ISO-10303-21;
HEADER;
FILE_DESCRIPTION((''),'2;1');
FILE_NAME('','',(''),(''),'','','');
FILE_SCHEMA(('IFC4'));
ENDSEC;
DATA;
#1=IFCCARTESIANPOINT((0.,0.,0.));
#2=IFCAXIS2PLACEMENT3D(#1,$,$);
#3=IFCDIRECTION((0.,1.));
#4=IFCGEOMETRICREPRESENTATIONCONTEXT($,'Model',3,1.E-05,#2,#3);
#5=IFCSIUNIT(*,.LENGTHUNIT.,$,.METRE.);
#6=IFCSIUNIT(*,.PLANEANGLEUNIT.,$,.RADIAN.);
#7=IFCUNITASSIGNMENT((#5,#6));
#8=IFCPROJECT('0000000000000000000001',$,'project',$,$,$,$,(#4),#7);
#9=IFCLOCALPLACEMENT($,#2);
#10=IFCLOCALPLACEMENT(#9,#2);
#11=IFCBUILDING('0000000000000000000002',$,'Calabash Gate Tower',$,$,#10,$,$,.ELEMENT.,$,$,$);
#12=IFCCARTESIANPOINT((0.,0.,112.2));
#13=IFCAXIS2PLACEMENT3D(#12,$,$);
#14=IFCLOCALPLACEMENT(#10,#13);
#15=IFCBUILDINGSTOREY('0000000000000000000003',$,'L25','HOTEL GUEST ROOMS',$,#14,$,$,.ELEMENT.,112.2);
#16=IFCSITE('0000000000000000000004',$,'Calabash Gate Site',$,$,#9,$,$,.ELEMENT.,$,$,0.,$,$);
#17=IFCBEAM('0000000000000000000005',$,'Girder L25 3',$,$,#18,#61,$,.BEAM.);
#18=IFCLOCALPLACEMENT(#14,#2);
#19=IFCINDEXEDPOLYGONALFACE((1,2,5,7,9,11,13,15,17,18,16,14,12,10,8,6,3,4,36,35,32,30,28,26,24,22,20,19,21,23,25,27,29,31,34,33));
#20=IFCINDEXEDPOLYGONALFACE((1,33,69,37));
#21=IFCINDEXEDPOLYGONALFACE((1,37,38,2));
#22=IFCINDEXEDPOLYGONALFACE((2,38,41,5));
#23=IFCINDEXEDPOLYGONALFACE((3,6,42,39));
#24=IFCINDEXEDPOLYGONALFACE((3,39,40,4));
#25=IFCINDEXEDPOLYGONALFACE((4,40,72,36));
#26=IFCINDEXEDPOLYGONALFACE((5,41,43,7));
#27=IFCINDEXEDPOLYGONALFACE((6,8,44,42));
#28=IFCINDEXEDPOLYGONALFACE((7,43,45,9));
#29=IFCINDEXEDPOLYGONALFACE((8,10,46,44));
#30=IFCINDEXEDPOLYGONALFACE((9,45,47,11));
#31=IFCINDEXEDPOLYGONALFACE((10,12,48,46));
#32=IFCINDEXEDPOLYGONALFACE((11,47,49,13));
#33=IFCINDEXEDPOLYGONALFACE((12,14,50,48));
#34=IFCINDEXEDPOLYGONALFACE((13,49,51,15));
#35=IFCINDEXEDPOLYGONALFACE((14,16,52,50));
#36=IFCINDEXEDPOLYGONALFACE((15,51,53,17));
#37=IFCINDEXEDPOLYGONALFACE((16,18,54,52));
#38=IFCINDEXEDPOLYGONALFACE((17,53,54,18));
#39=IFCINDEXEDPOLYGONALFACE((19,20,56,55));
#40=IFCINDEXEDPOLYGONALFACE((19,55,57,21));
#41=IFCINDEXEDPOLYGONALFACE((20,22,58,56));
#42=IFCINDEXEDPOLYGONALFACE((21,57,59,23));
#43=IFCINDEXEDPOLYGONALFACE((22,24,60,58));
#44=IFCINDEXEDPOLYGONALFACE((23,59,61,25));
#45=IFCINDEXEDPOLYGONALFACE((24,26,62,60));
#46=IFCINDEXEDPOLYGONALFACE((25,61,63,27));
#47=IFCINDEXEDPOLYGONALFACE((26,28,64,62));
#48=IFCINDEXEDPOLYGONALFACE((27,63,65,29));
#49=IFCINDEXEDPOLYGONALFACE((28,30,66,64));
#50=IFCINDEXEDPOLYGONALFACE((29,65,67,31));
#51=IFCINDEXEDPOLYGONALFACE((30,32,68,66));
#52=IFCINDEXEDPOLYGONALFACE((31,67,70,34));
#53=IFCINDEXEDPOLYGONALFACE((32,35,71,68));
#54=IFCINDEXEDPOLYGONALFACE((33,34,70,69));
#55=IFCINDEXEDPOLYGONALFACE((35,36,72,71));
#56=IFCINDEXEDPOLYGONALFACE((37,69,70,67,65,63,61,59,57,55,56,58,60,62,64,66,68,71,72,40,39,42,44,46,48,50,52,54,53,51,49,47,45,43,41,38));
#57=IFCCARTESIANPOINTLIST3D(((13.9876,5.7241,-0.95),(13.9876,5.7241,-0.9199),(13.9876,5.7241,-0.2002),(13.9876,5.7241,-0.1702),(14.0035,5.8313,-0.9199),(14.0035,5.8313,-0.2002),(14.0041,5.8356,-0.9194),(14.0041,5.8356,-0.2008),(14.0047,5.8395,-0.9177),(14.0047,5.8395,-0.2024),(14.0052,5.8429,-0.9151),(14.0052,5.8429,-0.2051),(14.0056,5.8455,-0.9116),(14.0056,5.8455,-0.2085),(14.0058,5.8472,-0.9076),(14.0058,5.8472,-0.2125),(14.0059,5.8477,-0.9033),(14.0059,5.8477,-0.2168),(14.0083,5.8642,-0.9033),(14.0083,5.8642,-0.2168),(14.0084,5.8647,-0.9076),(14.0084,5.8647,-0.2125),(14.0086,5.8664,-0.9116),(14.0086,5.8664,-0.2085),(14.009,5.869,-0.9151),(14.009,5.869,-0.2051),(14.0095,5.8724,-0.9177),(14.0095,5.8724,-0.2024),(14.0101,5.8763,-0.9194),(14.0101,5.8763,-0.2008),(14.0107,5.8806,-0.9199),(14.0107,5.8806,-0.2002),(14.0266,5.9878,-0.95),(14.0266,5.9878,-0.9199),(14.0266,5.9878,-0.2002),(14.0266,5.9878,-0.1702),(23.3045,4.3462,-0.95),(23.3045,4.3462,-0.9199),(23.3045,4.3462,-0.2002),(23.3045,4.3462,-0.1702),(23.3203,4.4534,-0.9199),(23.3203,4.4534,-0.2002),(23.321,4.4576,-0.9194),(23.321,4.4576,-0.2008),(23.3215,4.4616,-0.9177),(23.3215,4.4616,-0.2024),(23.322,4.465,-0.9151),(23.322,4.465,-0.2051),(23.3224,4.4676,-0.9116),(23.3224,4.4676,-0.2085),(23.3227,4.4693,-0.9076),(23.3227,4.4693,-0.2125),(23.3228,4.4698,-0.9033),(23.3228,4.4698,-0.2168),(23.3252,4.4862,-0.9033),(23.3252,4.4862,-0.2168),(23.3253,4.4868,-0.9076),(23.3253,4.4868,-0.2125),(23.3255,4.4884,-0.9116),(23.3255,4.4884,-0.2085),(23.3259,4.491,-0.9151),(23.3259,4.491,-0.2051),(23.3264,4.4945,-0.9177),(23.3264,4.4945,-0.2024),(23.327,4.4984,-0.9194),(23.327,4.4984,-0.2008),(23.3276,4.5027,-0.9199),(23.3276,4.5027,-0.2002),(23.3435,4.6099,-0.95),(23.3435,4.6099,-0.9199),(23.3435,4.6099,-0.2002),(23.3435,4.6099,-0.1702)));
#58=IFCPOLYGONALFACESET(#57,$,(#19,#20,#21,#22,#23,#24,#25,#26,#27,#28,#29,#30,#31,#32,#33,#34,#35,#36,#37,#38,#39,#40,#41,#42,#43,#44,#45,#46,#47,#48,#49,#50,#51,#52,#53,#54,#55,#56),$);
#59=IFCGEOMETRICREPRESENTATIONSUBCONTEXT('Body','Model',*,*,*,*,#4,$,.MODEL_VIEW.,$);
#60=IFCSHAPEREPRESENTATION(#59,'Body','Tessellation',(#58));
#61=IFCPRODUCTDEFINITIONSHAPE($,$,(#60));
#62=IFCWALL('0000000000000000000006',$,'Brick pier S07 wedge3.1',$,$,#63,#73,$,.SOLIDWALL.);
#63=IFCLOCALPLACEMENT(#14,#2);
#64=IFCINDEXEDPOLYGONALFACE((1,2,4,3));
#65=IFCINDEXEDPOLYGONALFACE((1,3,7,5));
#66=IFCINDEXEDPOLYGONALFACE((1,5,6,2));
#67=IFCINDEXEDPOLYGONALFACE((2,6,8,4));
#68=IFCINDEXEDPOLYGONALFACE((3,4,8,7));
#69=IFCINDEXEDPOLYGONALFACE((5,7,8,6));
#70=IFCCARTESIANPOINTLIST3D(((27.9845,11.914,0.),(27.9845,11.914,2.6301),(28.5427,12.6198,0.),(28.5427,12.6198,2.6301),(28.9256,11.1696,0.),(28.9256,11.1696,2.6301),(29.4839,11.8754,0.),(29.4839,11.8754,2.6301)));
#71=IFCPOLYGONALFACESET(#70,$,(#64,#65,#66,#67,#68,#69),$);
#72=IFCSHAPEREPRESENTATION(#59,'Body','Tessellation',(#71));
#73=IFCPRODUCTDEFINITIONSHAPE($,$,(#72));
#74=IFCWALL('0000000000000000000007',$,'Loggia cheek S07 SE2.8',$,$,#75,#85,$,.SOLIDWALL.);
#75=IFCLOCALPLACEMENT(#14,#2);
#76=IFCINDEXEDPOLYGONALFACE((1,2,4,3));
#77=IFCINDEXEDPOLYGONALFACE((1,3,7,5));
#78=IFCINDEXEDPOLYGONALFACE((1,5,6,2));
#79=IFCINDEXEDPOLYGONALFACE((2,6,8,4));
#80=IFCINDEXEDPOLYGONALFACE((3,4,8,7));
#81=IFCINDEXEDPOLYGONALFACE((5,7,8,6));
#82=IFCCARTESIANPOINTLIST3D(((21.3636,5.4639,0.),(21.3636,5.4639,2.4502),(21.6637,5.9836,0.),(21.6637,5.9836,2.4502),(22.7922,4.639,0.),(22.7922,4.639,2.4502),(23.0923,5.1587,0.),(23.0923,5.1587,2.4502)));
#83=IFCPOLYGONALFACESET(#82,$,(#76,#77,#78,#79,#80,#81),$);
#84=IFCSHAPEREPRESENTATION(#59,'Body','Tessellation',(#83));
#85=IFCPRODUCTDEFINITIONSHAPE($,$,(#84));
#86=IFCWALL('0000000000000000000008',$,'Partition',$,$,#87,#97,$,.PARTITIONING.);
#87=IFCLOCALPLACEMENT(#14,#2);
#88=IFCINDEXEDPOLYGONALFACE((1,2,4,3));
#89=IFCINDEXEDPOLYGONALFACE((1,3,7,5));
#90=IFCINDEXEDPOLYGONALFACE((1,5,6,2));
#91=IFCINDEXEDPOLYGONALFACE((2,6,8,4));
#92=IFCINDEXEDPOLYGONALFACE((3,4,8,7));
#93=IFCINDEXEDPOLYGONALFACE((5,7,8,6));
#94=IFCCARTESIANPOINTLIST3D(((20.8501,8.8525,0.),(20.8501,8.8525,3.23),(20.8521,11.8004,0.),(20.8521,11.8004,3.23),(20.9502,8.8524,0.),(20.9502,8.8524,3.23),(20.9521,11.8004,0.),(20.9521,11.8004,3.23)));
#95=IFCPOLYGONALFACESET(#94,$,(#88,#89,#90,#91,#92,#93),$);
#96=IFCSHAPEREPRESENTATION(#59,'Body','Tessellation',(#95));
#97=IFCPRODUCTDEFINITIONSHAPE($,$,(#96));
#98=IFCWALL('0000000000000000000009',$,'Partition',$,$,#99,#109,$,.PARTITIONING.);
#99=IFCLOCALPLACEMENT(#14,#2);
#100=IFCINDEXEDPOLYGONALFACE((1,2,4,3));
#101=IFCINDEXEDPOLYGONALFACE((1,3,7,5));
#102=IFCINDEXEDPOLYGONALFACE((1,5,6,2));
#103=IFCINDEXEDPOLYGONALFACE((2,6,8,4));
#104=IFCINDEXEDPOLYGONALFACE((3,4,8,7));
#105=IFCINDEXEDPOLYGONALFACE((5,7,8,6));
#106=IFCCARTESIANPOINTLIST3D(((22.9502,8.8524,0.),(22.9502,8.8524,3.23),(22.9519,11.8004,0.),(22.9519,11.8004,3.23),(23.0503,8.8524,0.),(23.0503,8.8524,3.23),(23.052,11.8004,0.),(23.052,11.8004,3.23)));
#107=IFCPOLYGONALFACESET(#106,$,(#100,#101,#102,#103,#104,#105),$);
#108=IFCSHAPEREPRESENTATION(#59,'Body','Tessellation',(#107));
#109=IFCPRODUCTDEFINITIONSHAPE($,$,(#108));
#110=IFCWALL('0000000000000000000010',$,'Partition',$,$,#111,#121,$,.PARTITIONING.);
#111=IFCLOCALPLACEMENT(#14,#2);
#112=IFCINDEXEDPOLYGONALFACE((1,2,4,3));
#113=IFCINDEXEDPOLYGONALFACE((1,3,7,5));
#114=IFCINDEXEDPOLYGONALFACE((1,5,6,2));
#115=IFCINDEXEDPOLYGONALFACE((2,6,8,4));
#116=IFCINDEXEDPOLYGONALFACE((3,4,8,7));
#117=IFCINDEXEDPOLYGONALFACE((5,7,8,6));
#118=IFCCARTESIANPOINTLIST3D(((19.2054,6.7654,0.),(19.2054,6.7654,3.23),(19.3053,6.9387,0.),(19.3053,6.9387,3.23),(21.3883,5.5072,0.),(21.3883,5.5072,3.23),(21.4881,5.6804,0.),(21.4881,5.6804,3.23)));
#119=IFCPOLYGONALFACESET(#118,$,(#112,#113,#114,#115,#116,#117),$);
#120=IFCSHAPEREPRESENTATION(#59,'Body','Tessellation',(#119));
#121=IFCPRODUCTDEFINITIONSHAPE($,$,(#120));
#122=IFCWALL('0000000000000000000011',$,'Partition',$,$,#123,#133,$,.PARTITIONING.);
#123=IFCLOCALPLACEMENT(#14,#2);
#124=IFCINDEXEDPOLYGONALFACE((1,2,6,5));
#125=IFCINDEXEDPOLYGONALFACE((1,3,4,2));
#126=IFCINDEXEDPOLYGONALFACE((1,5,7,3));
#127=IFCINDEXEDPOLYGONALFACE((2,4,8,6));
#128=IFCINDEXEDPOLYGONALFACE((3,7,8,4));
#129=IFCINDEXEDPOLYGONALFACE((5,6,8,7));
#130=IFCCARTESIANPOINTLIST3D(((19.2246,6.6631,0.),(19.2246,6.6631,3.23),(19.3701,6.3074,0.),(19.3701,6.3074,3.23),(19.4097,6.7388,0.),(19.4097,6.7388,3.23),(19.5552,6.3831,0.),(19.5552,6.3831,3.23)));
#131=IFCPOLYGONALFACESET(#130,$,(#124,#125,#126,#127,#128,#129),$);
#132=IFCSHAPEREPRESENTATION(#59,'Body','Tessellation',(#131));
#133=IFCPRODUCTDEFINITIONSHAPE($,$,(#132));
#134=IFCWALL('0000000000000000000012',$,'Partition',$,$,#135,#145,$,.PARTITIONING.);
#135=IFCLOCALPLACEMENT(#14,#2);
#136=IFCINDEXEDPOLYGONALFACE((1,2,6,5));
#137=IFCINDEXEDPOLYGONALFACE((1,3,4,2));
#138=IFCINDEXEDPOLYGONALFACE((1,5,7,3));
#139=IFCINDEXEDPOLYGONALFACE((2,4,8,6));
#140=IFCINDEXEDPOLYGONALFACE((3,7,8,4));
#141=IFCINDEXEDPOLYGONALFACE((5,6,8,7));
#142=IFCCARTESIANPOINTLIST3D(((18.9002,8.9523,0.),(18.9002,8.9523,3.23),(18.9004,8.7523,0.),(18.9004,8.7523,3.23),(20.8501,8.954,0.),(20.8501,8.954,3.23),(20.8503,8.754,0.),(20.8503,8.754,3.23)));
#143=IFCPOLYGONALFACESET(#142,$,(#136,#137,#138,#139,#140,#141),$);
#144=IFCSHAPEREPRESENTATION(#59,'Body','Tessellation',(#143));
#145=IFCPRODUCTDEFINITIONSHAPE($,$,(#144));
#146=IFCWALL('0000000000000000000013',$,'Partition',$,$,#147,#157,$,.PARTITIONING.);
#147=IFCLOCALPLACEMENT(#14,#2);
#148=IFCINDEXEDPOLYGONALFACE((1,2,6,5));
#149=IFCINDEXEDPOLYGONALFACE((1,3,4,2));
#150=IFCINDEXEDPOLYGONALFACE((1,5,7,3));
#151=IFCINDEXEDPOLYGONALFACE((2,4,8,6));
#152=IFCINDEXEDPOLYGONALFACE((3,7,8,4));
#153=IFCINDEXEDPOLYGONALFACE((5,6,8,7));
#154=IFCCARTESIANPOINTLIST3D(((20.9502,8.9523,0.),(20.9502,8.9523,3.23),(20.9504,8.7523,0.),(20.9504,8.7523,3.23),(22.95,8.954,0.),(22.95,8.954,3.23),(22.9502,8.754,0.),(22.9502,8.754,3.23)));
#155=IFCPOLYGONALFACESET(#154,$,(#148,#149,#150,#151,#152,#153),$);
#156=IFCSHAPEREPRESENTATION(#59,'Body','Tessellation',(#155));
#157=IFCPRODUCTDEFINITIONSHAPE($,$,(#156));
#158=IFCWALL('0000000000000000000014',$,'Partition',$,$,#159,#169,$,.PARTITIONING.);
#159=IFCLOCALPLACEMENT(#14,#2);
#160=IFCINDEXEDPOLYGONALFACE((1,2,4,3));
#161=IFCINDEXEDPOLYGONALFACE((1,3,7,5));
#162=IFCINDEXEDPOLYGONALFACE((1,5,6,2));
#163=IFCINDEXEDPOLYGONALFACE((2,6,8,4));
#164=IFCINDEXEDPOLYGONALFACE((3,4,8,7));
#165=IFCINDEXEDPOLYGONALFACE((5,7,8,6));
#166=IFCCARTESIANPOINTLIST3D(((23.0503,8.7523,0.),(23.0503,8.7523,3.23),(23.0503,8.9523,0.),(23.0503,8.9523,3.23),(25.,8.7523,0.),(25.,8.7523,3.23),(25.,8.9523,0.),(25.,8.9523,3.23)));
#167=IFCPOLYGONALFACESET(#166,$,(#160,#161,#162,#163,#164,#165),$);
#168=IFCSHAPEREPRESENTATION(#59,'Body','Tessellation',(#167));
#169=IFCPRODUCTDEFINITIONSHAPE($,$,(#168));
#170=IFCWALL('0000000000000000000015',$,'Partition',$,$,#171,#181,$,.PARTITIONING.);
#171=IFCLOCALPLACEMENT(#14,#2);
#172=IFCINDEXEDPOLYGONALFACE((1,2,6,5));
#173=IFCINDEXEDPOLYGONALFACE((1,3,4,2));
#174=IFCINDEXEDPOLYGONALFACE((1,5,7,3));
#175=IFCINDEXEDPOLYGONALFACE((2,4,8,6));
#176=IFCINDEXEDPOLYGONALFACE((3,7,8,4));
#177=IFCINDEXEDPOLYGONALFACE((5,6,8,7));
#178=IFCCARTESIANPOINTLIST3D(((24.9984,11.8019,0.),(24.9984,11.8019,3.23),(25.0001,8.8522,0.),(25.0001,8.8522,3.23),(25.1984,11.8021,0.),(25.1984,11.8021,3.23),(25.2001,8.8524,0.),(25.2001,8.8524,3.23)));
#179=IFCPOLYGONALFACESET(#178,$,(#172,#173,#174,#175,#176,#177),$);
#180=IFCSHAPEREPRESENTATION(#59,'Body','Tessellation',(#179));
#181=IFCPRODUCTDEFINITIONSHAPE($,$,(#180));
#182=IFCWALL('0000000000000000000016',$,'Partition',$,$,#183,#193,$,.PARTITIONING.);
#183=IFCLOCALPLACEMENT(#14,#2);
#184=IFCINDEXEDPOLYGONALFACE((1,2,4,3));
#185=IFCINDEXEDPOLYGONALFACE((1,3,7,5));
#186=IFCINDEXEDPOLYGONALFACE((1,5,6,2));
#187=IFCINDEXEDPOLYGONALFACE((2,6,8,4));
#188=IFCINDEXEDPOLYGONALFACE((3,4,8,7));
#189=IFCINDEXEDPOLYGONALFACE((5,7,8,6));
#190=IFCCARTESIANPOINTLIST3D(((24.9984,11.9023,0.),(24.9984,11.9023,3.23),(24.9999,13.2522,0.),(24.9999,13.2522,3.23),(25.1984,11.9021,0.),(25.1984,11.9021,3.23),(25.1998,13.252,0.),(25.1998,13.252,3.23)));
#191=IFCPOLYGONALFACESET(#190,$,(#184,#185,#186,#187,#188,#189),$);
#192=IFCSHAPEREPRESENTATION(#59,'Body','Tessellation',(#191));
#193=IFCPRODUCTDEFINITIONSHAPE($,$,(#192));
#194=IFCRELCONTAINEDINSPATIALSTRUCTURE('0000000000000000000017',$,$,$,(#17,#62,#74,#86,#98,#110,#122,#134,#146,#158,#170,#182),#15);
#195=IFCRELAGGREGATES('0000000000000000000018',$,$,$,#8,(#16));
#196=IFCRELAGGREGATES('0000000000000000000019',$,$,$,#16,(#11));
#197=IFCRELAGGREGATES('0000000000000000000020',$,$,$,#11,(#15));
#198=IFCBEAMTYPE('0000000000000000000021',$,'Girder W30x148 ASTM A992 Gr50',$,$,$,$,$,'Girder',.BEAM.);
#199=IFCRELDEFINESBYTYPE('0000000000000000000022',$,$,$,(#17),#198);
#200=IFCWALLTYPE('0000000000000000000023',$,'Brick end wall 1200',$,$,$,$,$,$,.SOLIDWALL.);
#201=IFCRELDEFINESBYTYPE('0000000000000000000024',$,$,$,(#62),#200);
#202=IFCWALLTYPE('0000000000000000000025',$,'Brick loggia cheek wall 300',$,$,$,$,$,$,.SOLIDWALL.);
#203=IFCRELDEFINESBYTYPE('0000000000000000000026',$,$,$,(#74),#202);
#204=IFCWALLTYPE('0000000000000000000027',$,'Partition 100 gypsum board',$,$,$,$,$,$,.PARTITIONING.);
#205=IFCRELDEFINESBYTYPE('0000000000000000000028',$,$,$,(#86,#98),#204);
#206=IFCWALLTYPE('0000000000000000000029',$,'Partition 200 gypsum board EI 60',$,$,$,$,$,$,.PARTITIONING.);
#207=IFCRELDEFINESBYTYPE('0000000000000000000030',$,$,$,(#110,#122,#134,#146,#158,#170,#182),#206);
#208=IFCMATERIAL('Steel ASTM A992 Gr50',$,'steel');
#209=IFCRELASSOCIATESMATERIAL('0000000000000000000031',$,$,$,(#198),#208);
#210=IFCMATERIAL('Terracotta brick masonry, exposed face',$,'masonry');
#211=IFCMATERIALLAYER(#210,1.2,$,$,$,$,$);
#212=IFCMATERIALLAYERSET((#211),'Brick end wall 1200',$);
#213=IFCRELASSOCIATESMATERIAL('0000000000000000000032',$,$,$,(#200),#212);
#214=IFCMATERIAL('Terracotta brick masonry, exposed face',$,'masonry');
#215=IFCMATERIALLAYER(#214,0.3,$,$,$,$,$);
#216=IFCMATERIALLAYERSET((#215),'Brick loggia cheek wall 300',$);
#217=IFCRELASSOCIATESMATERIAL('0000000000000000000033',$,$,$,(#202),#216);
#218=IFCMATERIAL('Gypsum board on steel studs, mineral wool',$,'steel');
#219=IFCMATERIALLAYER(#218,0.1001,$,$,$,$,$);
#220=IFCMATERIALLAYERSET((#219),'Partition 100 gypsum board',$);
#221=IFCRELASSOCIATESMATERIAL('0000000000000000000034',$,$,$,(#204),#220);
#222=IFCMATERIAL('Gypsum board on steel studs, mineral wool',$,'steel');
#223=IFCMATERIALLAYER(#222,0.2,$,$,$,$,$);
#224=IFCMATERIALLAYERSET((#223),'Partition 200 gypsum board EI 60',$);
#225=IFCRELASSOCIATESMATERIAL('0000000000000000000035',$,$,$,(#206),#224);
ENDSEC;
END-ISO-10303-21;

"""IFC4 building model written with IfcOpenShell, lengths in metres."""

from ifc_helpers import new_model, si_unit, direction, frame, frame_2d, origin, origin_2d, place, context, subcontext, project, spatial, rectangle, i_section, extrude, material, layer, layer_set, material_profile, profile_set, type_object, element, save


model = new_model("IFC4")

# Units and contexts
model_context = context("Model", 3, precision=1e-05, world=origin(), true_north=direction((0.0, 1.0)))
body_context = subcontext(model_context, "Body", "Model", "MODEL_VIEW")
ifc_project = project(units=[si_unit("LENGTHUNIT", "METRE"), si_unit("PLANEANGLEUNIT", "RADIAN")], contexts=[model_context])

# Site, building, storey
site_placement = place(None, origin())
site = spatial("IfcSite", under=ifc_project, at=site_placement, Name="Calabash Gate Site", CompositionType="ELEMENT", RefElevation=0.0)
building_placement = place(site_placement, origin())
building = spatial("IfcBuilding", under=site, at=building_placement, Name="Calabash Gate Tower", CompositionType="ELEMENT")
storey_placement = place(building_placement, frame((0.0, 0.0, 112.2)))
storey = spatial("IfcBuildingStorey", under=building, at=storey_placement, Name="L25", Description="HOTEL GUEST ROOMS", CompositionType="ELEMENT", Elevation=112.2)

# Beam
ifc_material_1 = material(Name="Steel ASTM A992 Gr50", Category="steel")
ifc_material_profile_1 = material_profile(ifc_material_1, i_section(OverallWidth=0.2666, OverallDepth=0.7798, WebThickness=0.0166, FlangeThickness=0.03, FilletRadius=0.0166, at=origin_2d()))
ifc_profile_set_1 = profile_set([ifc_material_profile_1], Name="Steel ASTM A992 Gr50")
beam_type_1 = type_object("IfcBeamType", Name="Girder W30x148 ASTM A992 Gr50", ElementType="Girder", PredefinedType="BEAM", material=ifc_profile_set_1)
beam_1_placement = place(storey_placement, frame((23.324, 4.478, -0.5601), z_axis=(-0.98924, 0.146304, 0.0), x_axis=(-0.146304, -0.98924, 0.0)))
element("IfcBeam", 1, at=beam_1_placement, inside=storey, type_object=beam_type_1, Name="Girder L25 3", PredefinedType="BEAM", context=body_context, shape_type="SweptSolid", body=[
    extrude(i_section(OverallWidth=0.2666, OverallDepth=0.7798, WebThickness=0.0166, FlangeThickness=0.03, FilletRadius=0.0166, at=origin_2d()), origin(), (0.0, 0.0, 1.0), 9.4182),
])

# Walls
ifc_material_2 = material(Name="Terracotta brick masonry, exposed face", Category="masonry")
ifc_layer_1 = layer(ifc_material_2, 1.2)
ifc_layer_set_1 = layer_set([ifc_layer_1], Name="Brick end wall 1200")
wall_type_1 = type_object("IfcWallType", Name="Brick end wall 1200", PredefinedType="SOLIDWALL", material=ifc_layer_set_1)
wall_1_placement = place(storey_placement, frame((29.2048, 11.5225, 0.0), z_axis=(0.0, 0.0, 1.0), x_axis=(-0.78433, 0.620343, 0.0)))
element("IfcWall", 2, at=wall_1_placement, inside=storey, type_object=wall_type_1, Name="Brick pier S07 wedge3.1", PredefinedType="SOLIDWALL", context=body_context, shape_type="SweptSolid", body=[
    extrude(rectangle(XDim=1.2, YDim=0.8999, at=frame_2d((0.6001, 0.0))), origin(), (0.0, 0.0, 1.0), 2.6301),
])
ifc_material_3 = material(Name="Terracotta brick masonry, exposed face", Category="masonry")
ifc_layer_2 = layer(ifc_material_3, 0.3)
ifc_layer_set_2 = layer_set([ifc_layer_2], Name="Brick loggia cheek wall 300")
wall_type_2 = type_object("IfcWallType", Name="Brick loggia cheek wall 300", PredefinedType="SOLIDWALL", material=ifc_layer_set_2)
wall_2_placement = place(storey_placement, frame((22.9421, 4.8989, 0.0), z_axis=(0.0, 0.0, 1.0), x_axis=(-0.866003, 0.500038, 0.0)))
element("IfcWall", 3, at=wall_2_placement, inside=storey, type_object=wall_type_2, Name="Loggia cheek S07 SE2.8", PredefinedType="SOLIDWALL", context=body_context, shape_type="SweptSolid", body=[
    extrude(rectangle(XDim=1.6497, YDim=0.6001, at=frame_2d((0.8247, 0.0))), origin(), (0.0, 0.0, 1.0), 2.4502),
])
ifc_material_4 = material(Name="Gypsum board on steel studs, mineral wool", Category="steel")
ifc_layer_3 = layer(ifc_material_4, 0.1001)
ifc_layer_set_3 = layer_set([ifc_layer_3], Name="Partition 100 gypsum board")
wall_type_3 = type_object("IfcWallType", Name="Partition 100 gypsum board", PredefinedType="PARTITIONING", material=ifc_layer_set_3)
for number, where, z_axis, x_axis, name in (
    (4, (20.9001, 8.8523, 0.0), (0.0, 0.0, 1.0), (0.000663, 1.0, 0.0), "Partition"),
    (5, (23.0002, 8.8523, 0.0), (0.0, 0.0, 1.0), (0.00058, 1.0, 0.0), "Partition"),
):
    element("IfcWall", number, at=place(storey_placement, frame(where, z_axis=z_axis, x_axis=x_axis)), inside=storey, type_object=wall_type_3, Name=name, PredefinedType="PARTITIONING", context=body_context, shape_type="SweptSolid", body=[
        extrude(rectangle(XDim=2.948, YDim=0.1001, at=frame_2d((1.4741, 0.0))), origin(), (0.0, 0.0, 1.0), 3.23),
    ])
ifc_material_5 = material(Name="Gypsum board on steel studs, mineral wool", Category="steel")
ifc_layer_4 = layer(ifc_material_5, 0.2)
ifc_layer_set_4 = layer_set([ifc_layer_4], Name="Partition 200 gypsum board EI 60")
wall_type_4 = type_object("IfcWallType", Name="Partition 200 gypsum board EI 60", PredefinedType="PARTITIONING", material=ifc_layer_set_4)
wall_3_placement = place(storey_placement, frame((19.2554, 6.8521, 0.0), z_axis=(0.0, 0.0, 1.0), x_axis=(0.866365, -0.499412, 0.0)))
element("IfcWall", 6, at=wall_3_placement, inside=storey, type_object=wall_type_4, Name="Partition", PredefinedType="PARTITIONING", context=body_context, shape_type="SweptSolid", body=[
    extrude(rectangle(XDim=2.5195, YDim=0.2, at=frame_2d((1.2598, 0.0))), origin(), (0.0, 0.0, 1.0), 3.23),
])
wall_4_placement = place(storey_placement, frame((19.3171, 6.7009, 0.0), z_axis=(0.0, 0.0, 1.0), x_axis=(0.378608, -0.925557, 0.0)))
element("IfcWall", 7, at=wall_4_placement, inside=storey, type_object=wall_type_4, Name="Partition", PredefinedType="PARTITIONING", context=body_context, shape_type="SweptSolid", body=[
    extrude(rectangle(XDim=0.3843, YDim=0.2, at=frame_2d((0.1921, 0.0))), origin(), (0.0, 0.0, 1.0), 3.23),
])
wall_5_placement = place(storey_placement, frame((18.9001, 8.8523, 0.0), z_axis=(0.0, 0.0, 1.0), x_axis=(1.0, 0.000876, 0.0)))
element("IfcWall", 8, at=wall_5_placement, inside=storey, type_object=wall_type_4, Name="Partition", PredefinedType="PARTITIONING", context=body_context, shape_type="SweptSolid", body=[
    extrude(rectangle(XDim=1.95, YDim=0.2, at=frame_2d((0.9751, 0.0))), origin(), (0.0, 0.0, 1.0), 3.23),
])
wall_6_placement = place(storey_placement, frame((20.9502, 8.8523, 0.0), z_axis=(0.0, 0.0, 1.0), x_axis=(1.0, 0.000855, 0.0)))
element("IfcWall", 9, at=wall_6_placement, inside=storey, type_object=wall_type_4, Name="Partition", PredefinedType="PARTITIONING", context=body_context, shape_type="SweptSolid", body=[
    extrude(rectangle(XDim=1.9998, YDim=0.2, at=frame_2d((1.0, 0.0))), origin(), (0.0, 0.0, 1.0), 3.23),
])
wall_7_placement = place(storey_placement, frame((23.0503, 8.8523, 0.0), z_axis=(0.0, 0.0, 1.0), x_axis=(1.0, 0.0, 0.0)))
element("IfcWall", 10, at=wall_7_placement, inside=storey, type_object=wall_type_4, Name="Partition", PredefinedType="PARTITIONING", context=body_context, shape_type="SweptSolid", body=[
    extrude(rectangle(XDim=1.9497, YDim=0.2, at=frame_2d((0.9749, 0.0))), origin(), (0.0, 0.0, 1.0), 3.23),
])
wall_8_placement = place(storey_placement, frame((25.0984, 11.802, 0.0), z_axis=(0.0, 0.0, 1.0), x_axis=(0.000579, -1.0, 0.0)))
element("IfcWall", 11, at=wall_8_placement, inside=storey, type_object=wall_type_4, Name="Partition", PredefinedType="PARTITIONING", context=body_context, shape_type="SweptSolid", body=[
    extrude(rectangle(XDim=2.9497, YDim=0.2, at=frame_2d((1.4749, 0.0))), origin(), (0.0, 0.0, 1.0), 3.23),
])
wall_9_placement = place(storey_placement, frame((25.0984, 11.9023, 0.0), z_axis=(0.0, 0.0, 1.0), x_axis=(0.001085, 0.999999, 0.0)))
element("IfcWall", 12, at=wall_9_placement, inside=storey, type_object=wall_type_4, Name="Partition", PredefinedType="PARTITIONING", context=body_context, shape_type="SweptSolid", body=[
    extrude(rectangle(XDim=1.3499, YDim=0.2, at=frame_2d((0.6748, 0.0))), origin(), (0.0, 0.0, 1.0), 3.23),
])

save(model, "model.ifc")
